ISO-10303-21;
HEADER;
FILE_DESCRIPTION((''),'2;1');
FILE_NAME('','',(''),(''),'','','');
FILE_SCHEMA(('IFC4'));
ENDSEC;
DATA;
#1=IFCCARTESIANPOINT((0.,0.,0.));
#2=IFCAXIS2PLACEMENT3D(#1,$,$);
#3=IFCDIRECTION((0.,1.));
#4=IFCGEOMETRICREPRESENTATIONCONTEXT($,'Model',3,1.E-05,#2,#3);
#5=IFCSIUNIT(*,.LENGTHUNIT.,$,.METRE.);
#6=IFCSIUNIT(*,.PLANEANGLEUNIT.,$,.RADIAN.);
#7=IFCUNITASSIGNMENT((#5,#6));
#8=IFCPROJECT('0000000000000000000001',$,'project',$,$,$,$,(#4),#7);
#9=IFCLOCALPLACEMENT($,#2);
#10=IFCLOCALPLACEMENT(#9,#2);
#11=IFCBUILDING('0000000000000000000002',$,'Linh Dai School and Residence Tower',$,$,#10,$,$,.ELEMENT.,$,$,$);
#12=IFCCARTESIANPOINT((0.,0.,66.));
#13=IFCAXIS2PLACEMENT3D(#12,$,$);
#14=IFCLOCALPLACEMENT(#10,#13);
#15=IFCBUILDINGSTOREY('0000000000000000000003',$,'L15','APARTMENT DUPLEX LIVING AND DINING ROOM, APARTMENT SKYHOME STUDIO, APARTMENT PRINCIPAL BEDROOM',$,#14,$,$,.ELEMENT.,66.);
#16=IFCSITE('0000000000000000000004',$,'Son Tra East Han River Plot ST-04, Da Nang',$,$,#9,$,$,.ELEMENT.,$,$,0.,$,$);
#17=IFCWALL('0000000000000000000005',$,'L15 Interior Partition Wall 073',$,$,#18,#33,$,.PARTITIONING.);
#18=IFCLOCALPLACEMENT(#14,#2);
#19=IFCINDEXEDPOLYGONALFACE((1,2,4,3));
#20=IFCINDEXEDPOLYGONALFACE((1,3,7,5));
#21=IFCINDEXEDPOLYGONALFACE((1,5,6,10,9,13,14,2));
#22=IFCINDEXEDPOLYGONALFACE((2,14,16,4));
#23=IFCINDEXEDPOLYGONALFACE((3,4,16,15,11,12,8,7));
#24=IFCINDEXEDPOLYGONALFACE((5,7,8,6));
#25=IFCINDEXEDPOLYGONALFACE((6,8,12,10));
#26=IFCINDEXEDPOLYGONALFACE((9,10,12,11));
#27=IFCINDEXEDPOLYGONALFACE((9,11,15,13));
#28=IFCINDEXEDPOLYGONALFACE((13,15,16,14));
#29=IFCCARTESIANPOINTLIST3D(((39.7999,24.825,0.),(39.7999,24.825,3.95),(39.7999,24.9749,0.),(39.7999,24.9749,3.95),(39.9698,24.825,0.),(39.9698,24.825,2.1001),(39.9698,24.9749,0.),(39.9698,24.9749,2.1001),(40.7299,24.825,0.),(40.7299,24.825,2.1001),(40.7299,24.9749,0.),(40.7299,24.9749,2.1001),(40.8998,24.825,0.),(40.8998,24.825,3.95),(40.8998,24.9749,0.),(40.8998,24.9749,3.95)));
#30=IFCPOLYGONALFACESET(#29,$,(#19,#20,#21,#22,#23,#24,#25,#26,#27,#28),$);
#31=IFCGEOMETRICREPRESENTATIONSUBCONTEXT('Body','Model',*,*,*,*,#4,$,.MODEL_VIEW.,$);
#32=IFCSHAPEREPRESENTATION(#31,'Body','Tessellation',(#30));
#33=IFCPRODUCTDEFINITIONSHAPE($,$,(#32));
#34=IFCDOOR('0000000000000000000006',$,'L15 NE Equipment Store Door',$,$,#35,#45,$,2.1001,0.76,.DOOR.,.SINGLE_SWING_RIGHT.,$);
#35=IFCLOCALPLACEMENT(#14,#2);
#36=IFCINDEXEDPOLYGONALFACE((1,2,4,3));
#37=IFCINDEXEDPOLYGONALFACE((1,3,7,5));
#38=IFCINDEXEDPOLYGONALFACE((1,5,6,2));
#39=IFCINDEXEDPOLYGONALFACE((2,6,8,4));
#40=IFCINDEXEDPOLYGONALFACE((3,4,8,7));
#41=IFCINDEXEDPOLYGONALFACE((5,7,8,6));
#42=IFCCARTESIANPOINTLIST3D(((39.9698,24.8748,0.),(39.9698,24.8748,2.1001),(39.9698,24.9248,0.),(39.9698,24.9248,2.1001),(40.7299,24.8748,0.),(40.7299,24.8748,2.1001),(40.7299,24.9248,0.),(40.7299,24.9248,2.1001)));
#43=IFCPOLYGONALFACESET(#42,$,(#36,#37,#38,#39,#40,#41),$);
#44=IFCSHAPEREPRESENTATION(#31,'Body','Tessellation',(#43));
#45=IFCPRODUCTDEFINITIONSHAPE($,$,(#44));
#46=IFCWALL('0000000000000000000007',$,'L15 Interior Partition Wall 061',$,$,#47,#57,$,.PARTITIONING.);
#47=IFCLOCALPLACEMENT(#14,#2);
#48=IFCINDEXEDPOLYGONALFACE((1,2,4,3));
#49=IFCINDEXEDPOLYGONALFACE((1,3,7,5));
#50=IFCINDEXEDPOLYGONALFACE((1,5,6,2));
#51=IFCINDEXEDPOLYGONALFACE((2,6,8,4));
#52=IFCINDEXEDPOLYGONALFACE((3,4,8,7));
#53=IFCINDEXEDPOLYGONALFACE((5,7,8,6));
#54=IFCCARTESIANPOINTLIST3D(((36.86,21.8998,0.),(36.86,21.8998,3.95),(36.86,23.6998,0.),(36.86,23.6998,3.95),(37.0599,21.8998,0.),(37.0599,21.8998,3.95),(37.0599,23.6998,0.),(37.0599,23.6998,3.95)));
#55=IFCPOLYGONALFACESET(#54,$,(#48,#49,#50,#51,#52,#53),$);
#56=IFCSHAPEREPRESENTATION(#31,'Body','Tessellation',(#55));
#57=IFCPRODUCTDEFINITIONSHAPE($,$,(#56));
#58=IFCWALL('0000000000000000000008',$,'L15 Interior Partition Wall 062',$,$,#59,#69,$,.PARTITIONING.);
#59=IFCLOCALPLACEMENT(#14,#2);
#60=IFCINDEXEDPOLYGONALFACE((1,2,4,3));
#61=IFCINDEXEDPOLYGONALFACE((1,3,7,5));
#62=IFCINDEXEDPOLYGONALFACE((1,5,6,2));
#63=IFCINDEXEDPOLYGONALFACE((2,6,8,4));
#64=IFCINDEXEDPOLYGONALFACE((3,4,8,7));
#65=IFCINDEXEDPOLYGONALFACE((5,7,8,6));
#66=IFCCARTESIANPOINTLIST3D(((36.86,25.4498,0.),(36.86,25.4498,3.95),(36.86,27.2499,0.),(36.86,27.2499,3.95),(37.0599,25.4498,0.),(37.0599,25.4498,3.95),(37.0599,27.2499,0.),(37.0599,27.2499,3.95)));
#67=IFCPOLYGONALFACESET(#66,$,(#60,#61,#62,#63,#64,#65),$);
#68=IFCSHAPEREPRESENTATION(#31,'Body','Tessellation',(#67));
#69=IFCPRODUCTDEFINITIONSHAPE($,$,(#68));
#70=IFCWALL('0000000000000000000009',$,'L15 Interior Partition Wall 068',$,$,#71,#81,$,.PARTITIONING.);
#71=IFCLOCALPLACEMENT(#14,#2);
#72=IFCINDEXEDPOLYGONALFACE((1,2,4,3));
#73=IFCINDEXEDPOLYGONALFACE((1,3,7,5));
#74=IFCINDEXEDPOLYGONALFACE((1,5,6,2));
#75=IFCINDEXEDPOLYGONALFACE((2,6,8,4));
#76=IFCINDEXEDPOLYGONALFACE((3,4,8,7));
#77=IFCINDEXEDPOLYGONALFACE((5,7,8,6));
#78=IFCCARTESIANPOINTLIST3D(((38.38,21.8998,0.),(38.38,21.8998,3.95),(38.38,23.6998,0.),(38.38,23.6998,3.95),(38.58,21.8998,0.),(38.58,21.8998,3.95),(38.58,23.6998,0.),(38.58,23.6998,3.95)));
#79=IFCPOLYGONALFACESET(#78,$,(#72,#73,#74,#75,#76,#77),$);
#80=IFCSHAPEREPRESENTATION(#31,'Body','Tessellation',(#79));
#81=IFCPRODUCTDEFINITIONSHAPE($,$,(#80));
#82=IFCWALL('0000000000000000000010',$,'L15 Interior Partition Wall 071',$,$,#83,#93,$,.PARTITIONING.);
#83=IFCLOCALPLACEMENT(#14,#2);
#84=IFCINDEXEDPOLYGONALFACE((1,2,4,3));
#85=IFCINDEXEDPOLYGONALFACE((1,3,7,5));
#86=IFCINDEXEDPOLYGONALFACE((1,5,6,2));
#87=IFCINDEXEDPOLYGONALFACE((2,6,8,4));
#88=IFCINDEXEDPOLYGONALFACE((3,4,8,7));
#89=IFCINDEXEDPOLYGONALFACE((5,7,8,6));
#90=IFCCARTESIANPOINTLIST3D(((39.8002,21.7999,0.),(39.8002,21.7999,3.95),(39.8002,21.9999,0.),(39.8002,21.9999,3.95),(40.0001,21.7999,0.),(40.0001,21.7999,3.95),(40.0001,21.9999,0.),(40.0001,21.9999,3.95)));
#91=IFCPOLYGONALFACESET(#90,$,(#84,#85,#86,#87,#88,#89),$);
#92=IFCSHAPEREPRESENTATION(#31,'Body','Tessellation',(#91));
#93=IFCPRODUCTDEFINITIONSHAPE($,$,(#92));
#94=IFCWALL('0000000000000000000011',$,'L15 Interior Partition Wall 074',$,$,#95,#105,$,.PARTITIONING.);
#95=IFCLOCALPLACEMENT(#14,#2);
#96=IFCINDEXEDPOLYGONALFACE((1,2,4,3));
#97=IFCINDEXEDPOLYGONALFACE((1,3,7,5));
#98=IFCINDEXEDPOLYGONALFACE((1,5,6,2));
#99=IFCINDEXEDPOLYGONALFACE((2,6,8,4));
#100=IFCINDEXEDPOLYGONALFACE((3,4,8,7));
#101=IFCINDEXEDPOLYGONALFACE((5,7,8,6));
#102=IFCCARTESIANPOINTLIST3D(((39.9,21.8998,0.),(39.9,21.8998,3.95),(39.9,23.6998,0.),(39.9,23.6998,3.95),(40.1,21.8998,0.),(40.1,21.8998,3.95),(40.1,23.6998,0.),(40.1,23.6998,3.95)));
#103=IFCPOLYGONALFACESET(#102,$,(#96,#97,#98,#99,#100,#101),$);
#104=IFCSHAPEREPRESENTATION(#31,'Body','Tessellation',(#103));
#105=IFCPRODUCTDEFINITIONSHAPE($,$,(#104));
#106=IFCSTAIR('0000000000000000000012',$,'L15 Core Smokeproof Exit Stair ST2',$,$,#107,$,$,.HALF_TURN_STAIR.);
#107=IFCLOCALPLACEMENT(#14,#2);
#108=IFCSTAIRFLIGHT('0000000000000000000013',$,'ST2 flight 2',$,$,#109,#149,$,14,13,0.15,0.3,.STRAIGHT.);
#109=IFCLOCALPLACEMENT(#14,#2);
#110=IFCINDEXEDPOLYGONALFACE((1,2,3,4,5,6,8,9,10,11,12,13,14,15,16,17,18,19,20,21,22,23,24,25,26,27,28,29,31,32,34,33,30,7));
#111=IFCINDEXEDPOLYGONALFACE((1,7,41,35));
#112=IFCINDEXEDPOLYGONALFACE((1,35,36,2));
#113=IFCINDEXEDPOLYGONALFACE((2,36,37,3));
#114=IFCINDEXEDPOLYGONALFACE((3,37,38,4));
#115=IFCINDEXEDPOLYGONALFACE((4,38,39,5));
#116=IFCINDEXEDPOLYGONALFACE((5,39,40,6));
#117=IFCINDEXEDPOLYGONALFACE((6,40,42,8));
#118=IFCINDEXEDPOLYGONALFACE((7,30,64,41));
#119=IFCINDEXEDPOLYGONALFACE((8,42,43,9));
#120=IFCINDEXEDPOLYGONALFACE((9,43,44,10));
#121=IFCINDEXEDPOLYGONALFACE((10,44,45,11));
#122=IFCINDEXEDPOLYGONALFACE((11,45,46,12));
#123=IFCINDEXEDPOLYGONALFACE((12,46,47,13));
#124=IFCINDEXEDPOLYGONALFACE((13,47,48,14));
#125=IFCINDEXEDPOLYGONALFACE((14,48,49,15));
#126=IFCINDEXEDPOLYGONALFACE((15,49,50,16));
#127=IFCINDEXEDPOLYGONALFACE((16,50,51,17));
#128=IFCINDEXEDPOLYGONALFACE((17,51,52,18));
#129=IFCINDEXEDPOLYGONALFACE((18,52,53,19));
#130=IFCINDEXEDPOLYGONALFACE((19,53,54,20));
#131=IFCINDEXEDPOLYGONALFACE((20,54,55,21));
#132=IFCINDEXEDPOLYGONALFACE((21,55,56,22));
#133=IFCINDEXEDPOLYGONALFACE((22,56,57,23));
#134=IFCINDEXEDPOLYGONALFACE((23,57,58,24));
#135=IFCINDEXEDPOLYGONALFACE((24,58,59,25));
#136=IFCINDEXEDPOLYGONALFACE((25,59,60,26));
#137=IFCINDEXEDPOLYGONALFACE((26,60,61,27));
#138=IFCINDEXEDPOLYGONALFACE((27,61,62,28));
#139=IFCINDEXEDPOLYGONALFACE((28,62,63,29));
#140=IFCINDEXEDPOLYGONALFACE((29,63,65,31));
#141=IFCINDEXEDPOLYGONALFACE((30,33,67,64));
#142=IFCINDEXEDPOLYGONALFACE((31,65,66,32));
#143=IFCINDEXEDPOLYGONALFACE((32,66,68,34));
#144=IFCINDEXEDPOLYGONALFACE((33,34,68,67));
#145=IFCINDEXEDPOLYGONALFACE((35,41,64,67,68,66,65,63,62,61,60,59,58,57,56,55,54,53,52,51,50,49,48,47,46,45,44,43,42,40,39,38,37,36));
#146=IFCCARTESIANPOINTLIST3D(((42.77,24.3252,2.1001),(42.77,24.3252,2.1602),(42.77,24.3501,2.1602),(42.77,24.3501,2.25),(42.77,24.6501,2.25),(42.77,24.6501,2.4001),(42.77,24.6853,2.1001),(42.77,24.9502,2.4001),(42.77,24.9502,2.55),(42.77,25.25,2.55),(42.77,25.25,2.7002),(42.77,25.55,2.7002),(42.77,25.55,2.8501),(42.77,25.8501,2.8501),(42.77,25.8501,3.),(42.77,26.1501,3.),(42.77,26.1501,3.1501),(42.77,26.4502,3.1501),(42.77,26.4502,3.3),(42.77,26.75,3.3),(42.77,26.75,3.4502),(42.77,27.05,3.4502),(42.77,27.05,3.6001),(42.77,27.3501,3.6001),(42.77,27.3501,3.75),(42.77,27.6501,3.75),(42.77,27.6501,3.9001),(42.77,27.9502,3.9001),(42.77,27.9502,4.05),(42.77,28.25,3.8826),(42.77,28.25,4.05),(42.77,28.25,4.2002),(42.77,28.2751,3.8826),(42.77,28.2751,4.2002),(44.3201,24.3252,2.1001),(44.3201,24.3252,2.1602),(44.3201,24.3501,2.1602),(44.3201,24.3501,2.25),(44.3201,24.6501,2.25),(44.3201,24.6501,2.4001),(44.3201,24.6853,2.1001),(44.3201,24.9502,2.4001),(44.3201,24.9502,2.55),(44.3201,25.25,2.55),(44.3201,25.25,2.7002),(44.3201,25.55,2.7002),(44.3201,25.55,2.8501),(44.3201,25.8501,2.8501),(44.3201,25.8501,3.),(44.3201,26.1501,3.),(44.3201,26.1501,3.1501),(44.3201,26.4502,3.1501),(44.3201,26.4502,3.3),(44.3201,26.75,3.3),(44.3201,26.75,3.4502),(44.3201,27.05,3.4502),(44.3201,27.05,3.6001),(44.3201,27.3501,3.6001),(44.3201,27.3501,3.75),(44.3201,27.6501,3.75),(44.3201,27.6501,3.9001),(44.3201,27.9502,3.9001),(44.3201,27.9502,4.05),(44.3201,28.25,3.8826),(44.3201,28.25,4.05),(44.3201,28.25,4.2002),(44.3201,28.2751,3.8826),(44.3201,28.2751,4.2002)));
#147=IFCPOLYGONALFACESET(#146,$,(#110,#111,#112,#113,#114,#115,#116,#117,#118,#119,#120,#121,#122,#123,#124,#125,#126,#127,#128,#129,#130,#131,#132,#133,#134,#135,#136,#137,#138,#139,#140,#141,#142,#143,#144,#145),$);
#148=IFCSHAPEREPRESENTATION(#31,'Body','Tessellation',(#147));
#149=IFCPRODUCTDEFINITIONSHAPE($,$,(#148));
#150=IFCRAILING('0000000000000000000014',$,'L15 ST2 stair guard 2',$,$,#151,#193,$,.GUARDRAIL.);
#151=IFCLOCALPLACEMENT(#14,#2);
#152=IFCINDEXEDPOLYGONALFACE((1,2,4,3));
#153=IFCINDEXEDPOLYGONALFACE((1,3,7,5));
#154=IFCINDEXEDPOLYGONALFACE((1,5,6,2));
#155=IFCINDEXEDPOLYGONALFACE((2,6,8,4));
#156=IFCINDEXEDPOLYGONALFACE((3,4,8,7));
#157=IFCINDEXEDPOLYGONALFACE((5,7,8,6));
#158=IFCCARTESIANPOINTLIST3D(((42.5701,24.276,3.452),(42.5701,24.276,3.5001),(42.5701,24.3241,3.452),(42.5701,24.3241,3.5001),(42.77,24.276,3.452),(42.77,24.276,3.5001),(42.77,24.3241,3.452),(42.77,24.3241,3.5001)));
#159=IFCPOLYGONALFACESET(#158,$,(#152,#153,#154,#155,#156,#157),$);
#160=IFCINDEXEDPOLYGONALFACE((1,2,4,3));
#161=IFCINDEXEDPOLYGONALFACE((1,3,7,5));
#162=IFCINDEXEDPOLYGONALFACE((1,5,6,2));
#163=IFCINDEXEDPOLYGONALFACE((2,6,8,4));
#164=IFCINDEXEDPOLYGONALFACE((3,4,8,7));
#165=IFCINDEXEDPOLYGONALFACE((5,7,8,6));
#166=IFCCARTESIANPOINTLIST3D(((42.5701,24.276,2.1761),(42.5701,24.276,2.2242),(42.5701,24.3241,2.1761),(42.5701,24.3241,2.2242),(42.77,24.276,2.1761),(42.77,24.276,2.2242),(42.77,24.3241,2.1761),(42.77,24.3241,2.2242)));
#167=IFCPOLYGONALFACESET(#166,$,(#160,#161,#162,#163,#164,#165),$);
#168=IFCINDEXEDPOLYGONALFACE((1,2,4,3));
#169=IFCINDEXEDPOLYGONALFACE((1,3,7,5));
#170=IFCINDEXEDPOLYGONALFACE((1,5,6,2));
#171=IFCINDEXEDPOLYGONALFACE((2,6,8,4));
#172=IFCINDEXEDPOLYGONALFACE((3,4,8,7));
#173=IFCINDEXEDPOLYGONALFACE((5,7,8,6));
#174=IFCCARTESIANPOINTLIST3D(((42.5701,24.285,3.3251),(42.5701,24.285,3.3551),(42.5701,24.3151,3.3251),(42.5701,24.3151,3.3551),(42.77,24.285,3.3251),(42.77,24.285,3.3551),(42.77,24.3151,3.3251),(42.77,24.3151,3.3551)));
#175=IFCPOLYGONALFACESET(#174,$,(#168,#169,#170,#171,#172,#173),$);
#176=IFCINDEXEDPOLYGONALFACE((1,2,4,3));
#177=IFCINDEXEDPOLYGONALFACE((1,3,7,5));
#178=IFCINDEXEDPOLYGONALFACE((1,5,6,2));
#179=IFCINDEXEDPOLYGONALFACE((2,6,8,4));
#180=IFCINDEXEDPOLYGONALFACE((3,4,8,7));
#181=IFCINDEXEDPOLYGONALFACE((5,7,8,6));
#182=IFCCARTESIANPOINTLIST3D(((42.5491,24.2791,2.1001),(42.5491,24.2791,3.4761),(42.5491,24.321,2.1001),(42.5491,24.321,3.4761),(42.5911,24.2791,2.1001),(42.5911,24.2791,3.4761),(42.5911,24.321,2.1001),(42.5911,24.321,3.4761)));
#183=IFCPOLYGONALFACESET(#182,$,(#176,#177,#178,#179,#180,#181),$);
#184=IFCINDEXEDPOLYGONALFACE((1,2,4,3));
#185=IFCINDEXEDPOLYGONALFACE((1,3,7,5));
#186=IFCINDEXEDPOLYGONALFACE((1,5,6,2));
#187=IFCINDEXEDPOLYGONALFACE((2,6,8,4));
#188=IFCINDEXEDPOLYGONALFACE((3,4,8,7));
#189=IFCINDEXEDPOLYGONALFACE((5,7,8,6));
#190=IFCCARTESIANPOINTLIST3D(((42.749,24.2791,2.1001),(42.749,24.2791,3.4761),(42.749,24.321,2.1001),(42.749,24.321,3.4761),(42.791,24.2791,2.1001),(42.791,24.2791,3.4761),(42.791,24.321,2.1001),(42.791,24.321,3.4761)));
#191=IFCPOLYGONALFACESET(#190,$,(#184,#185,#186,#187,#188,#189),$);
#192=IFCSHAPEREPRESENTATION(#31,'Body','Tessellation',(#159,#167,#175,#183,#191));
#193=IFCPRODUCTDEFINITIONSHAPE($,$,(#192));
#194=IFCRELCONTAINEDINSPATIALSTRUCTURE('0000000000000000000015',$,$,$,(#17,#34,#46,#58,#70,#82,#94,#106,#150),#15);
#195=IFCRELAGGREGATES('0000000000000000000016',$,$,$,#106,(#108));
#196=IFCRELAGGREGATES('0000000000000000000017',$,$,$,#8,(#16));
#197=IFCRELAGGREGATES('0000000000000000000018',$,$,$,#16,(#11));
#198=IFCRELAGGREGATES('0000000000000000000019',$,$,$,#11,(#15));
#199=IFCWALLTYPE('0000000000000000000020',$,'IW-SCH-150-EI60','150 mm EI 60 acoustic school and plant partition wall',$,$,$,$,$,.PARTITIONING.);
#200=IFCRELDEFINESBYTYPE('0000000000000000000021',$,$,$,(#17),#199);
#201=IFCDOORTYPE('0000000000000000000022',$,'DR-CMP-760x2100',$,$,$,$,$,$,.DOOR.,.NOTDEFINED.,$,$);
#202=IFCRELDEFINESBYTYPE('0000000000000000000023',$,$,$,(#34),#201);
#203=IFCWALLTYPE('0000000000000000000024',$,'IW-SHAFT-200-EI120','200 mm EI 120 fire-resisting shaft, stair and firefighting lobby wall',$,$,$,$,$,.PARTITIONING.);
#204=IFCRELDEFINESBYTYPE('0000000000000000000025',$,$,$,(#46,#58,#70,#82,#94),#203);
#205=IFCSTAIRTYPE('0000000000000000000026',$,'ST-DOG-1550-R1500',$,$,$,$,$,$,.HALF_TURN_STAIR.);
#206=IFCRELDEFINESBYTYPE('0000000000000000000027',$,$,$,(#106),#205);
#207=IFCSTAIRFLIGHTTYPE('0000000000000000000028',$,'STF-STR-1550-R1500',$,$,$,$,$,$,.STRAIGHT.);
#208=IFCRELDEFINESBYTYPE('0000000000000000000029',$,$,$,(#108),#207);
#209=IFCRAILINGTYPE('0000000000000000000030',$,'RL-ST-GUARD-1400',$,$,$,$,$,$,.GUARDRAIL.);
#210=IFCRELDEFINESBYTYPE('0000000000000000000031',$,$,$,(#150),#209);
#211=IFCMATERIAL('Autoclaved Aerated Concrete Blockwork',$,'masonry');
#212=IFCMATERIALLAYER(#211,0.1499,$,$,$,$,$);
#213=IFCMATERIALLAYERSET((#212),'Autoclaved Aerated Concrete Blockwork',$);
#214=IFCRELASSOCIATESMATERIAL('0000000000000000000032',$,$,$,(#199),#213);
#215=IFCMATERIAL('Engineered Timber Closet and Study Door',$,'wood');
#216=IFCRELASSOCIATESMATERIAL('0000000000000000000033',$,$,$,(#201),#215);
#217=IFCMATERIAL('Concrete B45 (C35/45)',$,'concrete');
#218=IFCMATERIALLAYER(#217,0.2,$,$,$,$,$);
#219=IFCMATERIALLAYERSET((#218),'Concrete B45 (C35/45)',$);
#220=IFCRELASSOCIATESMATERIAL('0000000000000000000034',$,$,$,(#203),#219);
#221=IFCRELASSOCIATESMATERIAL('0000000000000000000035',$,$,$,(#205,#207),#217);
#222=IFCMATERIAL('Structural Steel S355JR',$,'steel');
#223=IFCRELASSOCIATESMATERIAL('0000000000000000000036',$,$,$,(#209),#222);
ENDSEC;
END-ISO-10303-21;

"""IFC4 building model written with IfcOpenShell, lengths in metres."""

from ifc_helpers import new_model, si_unit, direction, frame, frame_2d, origin, origin_2d, place, context, subcontext, project, spatial, polyline, rectangle, outline, extrude, source, transform, mapped, material, layer, layer_set, type_object, element, fill, aggregate, save


model = new_model("IFC4")

# Units and contexts
model_context = context("Model", 3, precision=1e-05, world=origin(), true_north=direction((0.0, 1.0)))
body_context = subcontext(model_context, "Body", "Model", "MODEL_VIEW")
ifc_project = project(units=[si_unit("LENGTHUNIT", "METRE"), si_unit("PLANEANGLEUNIT", "RADIAN")], contexts=[model_context])

# Site, building, storey
site_placement = place(None, origin())
site = spatial("IfcSite", under=ifc_project, at=site_placement, Name="Son Tra East Han River Plot ST-04, Da Nang", CompositionType="ELEMENT", RefElevation=0.0)
building_placement = place(site_placement, origin())
building = spatial("IfcBuilding", under=site, at=building_placement, Name="Linh Dai School and Residence Tower", CompositionType="ELEMENT")
storey_placement = place(building_placement, frame((0.0, 0.0, 66.0)))
storey = spatial("IfcBuildingStorey", under=building, at=storey_placement, Name="L15", Description="APARTMENT DUPLEX LIVING AND DINING ROOM, APARTMENT SKYHOME STUDIO, APARTMENT PRINCIPAL BEDROOM", CompositionType="ELEMENT", Elevation=66.0)

# Shared definitions
ifc_material_1 = material(Name="Structural Steel S355JR", Category="steel")

# Shared definitions
ifc_material_2 = material(Name="Autoclaved Aerated Concrete Blockwork", Category="masonry")

# Wall, opening, door
ifc_layer_1 = layer(ifc_material_2, 0.1499)
ifc_layer_set_1 = layer_set([ifc_layer_1], Name="Autoclaved Aerated Concrete Blockwork")
wall_type_1 = type_object("IfcWallType", Name="IW-SCH-150-EI60", Description="150 mm EI 60 acoustic school and plant partition wall", PredefinedType="PARTITIONING", material=ifc_layer_set_1)
wall_1_placement = place(storey_placement, frame((39.8, 24.8999, 0.0), z_axis=(0.0, 0.0, 1.0), x_axis=(1.0, 0.0, 0.0)))
wall_1 = element("IfcWall", 1, at=wall_1_placement, inside=storey, type_object=wall_type_1, Name="L15 Interior Partition Wall 073", PredefinedType="PARTITIONING", context=body_context, shape_type="SweptSolid", body=[
    extrude(rectangle(XDim=1.0999, YDim=0.1499, at=frame_2d((0.5498, 0.0))), origin(), (0.0, 0.0, 1.0), 3.95),
])
opening_1_placement = place(wall_1_placement, frame((0.1699, 0.0, 0.0)))
opening_1 = element("IfcOpeningElement", 2, at=opening_1_placement, cuts=wall_1, PredefinedType="OPENING", context=body_context, shape_type="SweptSolid", body=[
    extrude(rectangle(XDim=0.76, YDim=2.1001, at=origin_2d()), frame((0.3799, 0.085, 1.05), z_axis=(0.0, -1.0, 0.0), x_axis=(1.0, 0.0, 0.0)), (0.0, 0.0, 1.0), 0.1699),
])
ifc_material_3 = material(Name="Engineered Timber Closet and Study Door", Category="wood")
door_type_1 = type_object("IfcDoorType", Name="DR-CMP-760x2100", OperationType="NOTDEFINED", PredefinedType="DOOR", material=ifc_material_3)
shared_shape_1 = source(origin(), body_context, "Body", "SweptSolid", [
    extrude(rectangle(XDim=0.76, YDim=2.1001, at=origin_2d()), frame((0.3799, 0.0249, 1.05), z_axis=(0.0, -1.0, 0.0), x_axis=(1.0, 0.0, 0.0)), (0.0, 0.0, 1.0), 0.05),
])
door_1_placement = place(opening_1_placement, origin())
door_1 = element("IfcDoor", 3, at=door_1_placement, inside=storey, type_object=door_type_1, Name="L15 NE Equipment Store Door", OperationType="SINGLE_SWING_RIGHT", OverallHeight=2.1001, OverallWidth=0.76, PredefinedType="DOOR", context=body_context, shape_type="MappedRepresentation", body=[
    mapped(shared_shape_1, transform((0.0, 0.0, 0.0), x_axis=(1.0, 0.0, 0.0), y_axis=(0.0, 1.0, 0.0), z_axis=(0.0, 0.0, 1.0), scale=1.0)),
])
fill(opening_1, door_1)

# Walls
ifc_material_4 = material(Name="Concrete B45 (C35/45)", Category="concrete")
ifc_layer_2 = layer(ifc_material_4, 0.2)
ifc_layer_set_2 = layer_set([ifc_layer_2], Name="Concrete B45 (C35/45)")
wall_type_2 = type_object("IfcWallType", Name="IW-SHAFT-200-EI120", Description="200 mm EI 120 fire-resisting shaft, stair and firefighting lobby wall", PredefinedType="PARTITIONING", material=ifc_layer_set_2)
for number, where, z_axis, x_axis, name in (
    (4, (36.96, 21.8999, 0.0), (0.0, 0.0, 1.0), (0.0, 1.0, 0.0), "L15 Interior Partition Wall 061"),
    (5, (36.96, 25.45, 0.0), (0.0, 0.0, 1.0), (0.0, 1.0, 0.0), "L15 Interior Partition Wall 062"),
    (6, (38.48, 21.8999, 0.0), (0.0, 0.0, 1.0), (0.0, 1.0, 0.0), "L15 Interior Partition Wall 068"),
):
    element("IfcWall", number, at=place(storey_placement, frame(where, z_axis=z_axis, x_axis=x_axis)), inside=storey, type_object=wall_type_2, Name=name, PredefinedType="PARTITIONING", context=body_context, shape_type="SweptSolid", body=[
        extrude(rectangle(XDim=1.8, YDim=0.2, at=frame_2d((0.8999, 0.0))), origin(), (0.0, 0.0, 1.0), 3.95),
    ])
wall_2_placement = place(storey_placement, frame((39.8, 21.8999, 0.0), z_axis=(0.0, 0.0, 1.0), x_axis=(1.0, 0.0, 0.0)))
element("IfcWall", 7, at=wall_2_placement, inside=storey, type_object=wall_type_2, Name="L15 Interior Partition Wall 071", PredefinedType="PARTITIONING", context=body_context, shape_type="SweptSolid", body=[
    extrude(rectangle(XDim=0.2, YDim=0.2, at=frame_2d((0.1001, 0.0))), origin(), (0.0, 0.0, 1.0), 3.95),
])
wall_3_placement = place(storey_placement, frame((40.0, 21.8999, 0.0), z_axis=(0.0, 0.0, 1.0), x_axis=(0.0, 1.0, 0.0)))
element("IfcWall", 8, at=wall_3_placement, inside=storey, type_object=wall_type_2, Name="L15 Interior Partition Wall 074", PredefinedType="PARTITIONING", context=body_context, shape_type="SweptSolid", body=[
    extrude(rectangle(XDim=1.8, YDim=0.2, at=frame_2d((0.8999, 0.0))), origin(), (0.0, 0.0, 1.0), 3.95),
])

# Stair, stair flight
stair_type = type_object("IfcStairType", Name="ST-DOG-1550-R1500", PredefinedType="HALF_TURN_STAIR", material=ifc_material_4)
stair_placement = place(storey_placement, origin())
stair = element("IfcStair", 9, at=stair_placement, inside=storey, type_object=stair_type, Name="L15 Core Smokeproof Exit Stair ST2", PredefinedType="HALF_TURN_STAIR")
stair_flight_type = type_object("IfcStairFlightType", Name="STF-STR-1550-R1500", PredefinedType="STRAIGHT", material=ifc_material_4)
shared_shape_2 = source(origin(), body_context, "Body", "SweptSolid", [
    extrude(outline(polyline([(-0.0249, 0.0), (-0.0249, 0.0601), (0.0, 0.0601), (0.0, 0.1499), (0.3, 0.1499), (0.3, 0.3), (0.6001, 0.3), (0.6001, 0.45), (0.8999, 0.45), (0.8999, 0.6001), (1.2, 0.6001), (1.2, 0.75), (1.5, 0.75), (1.5, 0.8999), (1.8, 0.8999), (1.8, 1.05), (2.1001, 1.05), (2.1001, 1.2), (2.3999, 1.2), (2.3999, 1.3501), (2.7, 1.3501), (2.7, 1.5), (3.0, 1.5), (3.0, 1.6499), (3.3, 1.6499), (3.3, 1.8), (3.6001, 1.8), (3.6001, 1.95), (3.8999, 1.95), (3.8999, 2.1001), (3.925, 2.1001), (3.925, 1.7825), (3.8999, 1.7825), (0.3352, 0.0), (-0.0249, 0.0)])), frame((0.0, 0.7749, 0.0), z_axis=(0.0, -1.0, 0.0), x_axis=(1.0, 0.0, 0.0)), (0.0, 0.0, 1.0), 1.55),
])
stair_flight_placement = place(storey_placement, frame((43.5449, 24.3501, 2.1001), z_axis=(0.0, 0.0, 1.0), x_axis=(0.0, 1.0, 0.0)))
stair_flight = element("IfcStairFlight", 10, at=stair_flight_placement, type_object=stair_flight_type, Name="ST2 flight 2", NumberOfRisers=14, NumberOfTreads=13, PredefinedType="STRAIGHT", RiserHeight=0.15, TreadLength=0.3, context=body_context, shape_type="MappedRepresentation", body=[
    mapped(shared_shape_2, transform((0.0, 0.0, 0.0), x_axis=(1.0, 0.0, 0.0), y_axis=(0.0, 1.0, 0.0), z_axis=(0.0, 0.0, 1.0), scale=1.0)),
])
aggregate(stair, [stair_flight])

# Railing
railing_type_1 = type_object("IfcRailingType", Name="RL-ST-GUARD-1400", PredefinedType="GUARDRAIL", material=ifc_material_1)
shared_shape_3 = source(origin(), body_context, "Body", "SweptSolid", [
    extrude(rectangle(XDim=0.0481, YDim=0.0481, at=origin_2d()), frame((0.0, 0.0, 1.376), z_axis=(1.0, 0.0, 0.0), x_axis=(0.0, 1.0, 0.0)), (0.0, 0.0, 1.0), 0.2),
    extrude(rectangle(XDim=0.0481, YDim=0.0481, at=origin_2d()), frame((0.0, 0.0, 0.1001), z_axis=(1.0, 0.0, 0.0), x_axis=(0.0, 1.0, 0.0)), (0.0, 0.0, 1.0), 0.2),
    extrude(rectangle(XDim=0.03, YDim=0.03, at=origin_2d()), frame((0.0, 0.0, 1.24), z_axis=(1.0, 0.0, 0.0), x_axis=(0.0, 1.0, 0.0)), (0.0, 0.0, 1.0), 0.2),
    extrude(rectangle(XDim=0.042, YDim=0.042, at=origin_2d()), origin(), (0.0, 0.0, 1.0), 1.376),
    extrude(rectangle(XDim=0.042, YDim=0.042, at=origin_2d()), frame((0.2, 0.0, 0.0)), (0.0, 0.0, 1.0), 1.376),
])
railing_1_placement = place(storey_placement, frame((42.5701, 24.3, 2.1001)))
element("IfcRailing", 11, at=railing_1_placement, inside=storey, type_object=railing_type_1, Name="L15 ST2 stair guard 2", PredefinedType="GUARDRAIL", context=body_context, shape_type="MappedRepresentation", body=[
    mapped(shared_shape_3, transform((0.0, 0.0, 0.0), x_axis=(1.0, 0.0, 0.0), y_axis=(0.0, 1.0, 0.0), z_axis=(0.0, 0.0, 1.0), scale=1.0)),
])

save(model, "model.ifc")
